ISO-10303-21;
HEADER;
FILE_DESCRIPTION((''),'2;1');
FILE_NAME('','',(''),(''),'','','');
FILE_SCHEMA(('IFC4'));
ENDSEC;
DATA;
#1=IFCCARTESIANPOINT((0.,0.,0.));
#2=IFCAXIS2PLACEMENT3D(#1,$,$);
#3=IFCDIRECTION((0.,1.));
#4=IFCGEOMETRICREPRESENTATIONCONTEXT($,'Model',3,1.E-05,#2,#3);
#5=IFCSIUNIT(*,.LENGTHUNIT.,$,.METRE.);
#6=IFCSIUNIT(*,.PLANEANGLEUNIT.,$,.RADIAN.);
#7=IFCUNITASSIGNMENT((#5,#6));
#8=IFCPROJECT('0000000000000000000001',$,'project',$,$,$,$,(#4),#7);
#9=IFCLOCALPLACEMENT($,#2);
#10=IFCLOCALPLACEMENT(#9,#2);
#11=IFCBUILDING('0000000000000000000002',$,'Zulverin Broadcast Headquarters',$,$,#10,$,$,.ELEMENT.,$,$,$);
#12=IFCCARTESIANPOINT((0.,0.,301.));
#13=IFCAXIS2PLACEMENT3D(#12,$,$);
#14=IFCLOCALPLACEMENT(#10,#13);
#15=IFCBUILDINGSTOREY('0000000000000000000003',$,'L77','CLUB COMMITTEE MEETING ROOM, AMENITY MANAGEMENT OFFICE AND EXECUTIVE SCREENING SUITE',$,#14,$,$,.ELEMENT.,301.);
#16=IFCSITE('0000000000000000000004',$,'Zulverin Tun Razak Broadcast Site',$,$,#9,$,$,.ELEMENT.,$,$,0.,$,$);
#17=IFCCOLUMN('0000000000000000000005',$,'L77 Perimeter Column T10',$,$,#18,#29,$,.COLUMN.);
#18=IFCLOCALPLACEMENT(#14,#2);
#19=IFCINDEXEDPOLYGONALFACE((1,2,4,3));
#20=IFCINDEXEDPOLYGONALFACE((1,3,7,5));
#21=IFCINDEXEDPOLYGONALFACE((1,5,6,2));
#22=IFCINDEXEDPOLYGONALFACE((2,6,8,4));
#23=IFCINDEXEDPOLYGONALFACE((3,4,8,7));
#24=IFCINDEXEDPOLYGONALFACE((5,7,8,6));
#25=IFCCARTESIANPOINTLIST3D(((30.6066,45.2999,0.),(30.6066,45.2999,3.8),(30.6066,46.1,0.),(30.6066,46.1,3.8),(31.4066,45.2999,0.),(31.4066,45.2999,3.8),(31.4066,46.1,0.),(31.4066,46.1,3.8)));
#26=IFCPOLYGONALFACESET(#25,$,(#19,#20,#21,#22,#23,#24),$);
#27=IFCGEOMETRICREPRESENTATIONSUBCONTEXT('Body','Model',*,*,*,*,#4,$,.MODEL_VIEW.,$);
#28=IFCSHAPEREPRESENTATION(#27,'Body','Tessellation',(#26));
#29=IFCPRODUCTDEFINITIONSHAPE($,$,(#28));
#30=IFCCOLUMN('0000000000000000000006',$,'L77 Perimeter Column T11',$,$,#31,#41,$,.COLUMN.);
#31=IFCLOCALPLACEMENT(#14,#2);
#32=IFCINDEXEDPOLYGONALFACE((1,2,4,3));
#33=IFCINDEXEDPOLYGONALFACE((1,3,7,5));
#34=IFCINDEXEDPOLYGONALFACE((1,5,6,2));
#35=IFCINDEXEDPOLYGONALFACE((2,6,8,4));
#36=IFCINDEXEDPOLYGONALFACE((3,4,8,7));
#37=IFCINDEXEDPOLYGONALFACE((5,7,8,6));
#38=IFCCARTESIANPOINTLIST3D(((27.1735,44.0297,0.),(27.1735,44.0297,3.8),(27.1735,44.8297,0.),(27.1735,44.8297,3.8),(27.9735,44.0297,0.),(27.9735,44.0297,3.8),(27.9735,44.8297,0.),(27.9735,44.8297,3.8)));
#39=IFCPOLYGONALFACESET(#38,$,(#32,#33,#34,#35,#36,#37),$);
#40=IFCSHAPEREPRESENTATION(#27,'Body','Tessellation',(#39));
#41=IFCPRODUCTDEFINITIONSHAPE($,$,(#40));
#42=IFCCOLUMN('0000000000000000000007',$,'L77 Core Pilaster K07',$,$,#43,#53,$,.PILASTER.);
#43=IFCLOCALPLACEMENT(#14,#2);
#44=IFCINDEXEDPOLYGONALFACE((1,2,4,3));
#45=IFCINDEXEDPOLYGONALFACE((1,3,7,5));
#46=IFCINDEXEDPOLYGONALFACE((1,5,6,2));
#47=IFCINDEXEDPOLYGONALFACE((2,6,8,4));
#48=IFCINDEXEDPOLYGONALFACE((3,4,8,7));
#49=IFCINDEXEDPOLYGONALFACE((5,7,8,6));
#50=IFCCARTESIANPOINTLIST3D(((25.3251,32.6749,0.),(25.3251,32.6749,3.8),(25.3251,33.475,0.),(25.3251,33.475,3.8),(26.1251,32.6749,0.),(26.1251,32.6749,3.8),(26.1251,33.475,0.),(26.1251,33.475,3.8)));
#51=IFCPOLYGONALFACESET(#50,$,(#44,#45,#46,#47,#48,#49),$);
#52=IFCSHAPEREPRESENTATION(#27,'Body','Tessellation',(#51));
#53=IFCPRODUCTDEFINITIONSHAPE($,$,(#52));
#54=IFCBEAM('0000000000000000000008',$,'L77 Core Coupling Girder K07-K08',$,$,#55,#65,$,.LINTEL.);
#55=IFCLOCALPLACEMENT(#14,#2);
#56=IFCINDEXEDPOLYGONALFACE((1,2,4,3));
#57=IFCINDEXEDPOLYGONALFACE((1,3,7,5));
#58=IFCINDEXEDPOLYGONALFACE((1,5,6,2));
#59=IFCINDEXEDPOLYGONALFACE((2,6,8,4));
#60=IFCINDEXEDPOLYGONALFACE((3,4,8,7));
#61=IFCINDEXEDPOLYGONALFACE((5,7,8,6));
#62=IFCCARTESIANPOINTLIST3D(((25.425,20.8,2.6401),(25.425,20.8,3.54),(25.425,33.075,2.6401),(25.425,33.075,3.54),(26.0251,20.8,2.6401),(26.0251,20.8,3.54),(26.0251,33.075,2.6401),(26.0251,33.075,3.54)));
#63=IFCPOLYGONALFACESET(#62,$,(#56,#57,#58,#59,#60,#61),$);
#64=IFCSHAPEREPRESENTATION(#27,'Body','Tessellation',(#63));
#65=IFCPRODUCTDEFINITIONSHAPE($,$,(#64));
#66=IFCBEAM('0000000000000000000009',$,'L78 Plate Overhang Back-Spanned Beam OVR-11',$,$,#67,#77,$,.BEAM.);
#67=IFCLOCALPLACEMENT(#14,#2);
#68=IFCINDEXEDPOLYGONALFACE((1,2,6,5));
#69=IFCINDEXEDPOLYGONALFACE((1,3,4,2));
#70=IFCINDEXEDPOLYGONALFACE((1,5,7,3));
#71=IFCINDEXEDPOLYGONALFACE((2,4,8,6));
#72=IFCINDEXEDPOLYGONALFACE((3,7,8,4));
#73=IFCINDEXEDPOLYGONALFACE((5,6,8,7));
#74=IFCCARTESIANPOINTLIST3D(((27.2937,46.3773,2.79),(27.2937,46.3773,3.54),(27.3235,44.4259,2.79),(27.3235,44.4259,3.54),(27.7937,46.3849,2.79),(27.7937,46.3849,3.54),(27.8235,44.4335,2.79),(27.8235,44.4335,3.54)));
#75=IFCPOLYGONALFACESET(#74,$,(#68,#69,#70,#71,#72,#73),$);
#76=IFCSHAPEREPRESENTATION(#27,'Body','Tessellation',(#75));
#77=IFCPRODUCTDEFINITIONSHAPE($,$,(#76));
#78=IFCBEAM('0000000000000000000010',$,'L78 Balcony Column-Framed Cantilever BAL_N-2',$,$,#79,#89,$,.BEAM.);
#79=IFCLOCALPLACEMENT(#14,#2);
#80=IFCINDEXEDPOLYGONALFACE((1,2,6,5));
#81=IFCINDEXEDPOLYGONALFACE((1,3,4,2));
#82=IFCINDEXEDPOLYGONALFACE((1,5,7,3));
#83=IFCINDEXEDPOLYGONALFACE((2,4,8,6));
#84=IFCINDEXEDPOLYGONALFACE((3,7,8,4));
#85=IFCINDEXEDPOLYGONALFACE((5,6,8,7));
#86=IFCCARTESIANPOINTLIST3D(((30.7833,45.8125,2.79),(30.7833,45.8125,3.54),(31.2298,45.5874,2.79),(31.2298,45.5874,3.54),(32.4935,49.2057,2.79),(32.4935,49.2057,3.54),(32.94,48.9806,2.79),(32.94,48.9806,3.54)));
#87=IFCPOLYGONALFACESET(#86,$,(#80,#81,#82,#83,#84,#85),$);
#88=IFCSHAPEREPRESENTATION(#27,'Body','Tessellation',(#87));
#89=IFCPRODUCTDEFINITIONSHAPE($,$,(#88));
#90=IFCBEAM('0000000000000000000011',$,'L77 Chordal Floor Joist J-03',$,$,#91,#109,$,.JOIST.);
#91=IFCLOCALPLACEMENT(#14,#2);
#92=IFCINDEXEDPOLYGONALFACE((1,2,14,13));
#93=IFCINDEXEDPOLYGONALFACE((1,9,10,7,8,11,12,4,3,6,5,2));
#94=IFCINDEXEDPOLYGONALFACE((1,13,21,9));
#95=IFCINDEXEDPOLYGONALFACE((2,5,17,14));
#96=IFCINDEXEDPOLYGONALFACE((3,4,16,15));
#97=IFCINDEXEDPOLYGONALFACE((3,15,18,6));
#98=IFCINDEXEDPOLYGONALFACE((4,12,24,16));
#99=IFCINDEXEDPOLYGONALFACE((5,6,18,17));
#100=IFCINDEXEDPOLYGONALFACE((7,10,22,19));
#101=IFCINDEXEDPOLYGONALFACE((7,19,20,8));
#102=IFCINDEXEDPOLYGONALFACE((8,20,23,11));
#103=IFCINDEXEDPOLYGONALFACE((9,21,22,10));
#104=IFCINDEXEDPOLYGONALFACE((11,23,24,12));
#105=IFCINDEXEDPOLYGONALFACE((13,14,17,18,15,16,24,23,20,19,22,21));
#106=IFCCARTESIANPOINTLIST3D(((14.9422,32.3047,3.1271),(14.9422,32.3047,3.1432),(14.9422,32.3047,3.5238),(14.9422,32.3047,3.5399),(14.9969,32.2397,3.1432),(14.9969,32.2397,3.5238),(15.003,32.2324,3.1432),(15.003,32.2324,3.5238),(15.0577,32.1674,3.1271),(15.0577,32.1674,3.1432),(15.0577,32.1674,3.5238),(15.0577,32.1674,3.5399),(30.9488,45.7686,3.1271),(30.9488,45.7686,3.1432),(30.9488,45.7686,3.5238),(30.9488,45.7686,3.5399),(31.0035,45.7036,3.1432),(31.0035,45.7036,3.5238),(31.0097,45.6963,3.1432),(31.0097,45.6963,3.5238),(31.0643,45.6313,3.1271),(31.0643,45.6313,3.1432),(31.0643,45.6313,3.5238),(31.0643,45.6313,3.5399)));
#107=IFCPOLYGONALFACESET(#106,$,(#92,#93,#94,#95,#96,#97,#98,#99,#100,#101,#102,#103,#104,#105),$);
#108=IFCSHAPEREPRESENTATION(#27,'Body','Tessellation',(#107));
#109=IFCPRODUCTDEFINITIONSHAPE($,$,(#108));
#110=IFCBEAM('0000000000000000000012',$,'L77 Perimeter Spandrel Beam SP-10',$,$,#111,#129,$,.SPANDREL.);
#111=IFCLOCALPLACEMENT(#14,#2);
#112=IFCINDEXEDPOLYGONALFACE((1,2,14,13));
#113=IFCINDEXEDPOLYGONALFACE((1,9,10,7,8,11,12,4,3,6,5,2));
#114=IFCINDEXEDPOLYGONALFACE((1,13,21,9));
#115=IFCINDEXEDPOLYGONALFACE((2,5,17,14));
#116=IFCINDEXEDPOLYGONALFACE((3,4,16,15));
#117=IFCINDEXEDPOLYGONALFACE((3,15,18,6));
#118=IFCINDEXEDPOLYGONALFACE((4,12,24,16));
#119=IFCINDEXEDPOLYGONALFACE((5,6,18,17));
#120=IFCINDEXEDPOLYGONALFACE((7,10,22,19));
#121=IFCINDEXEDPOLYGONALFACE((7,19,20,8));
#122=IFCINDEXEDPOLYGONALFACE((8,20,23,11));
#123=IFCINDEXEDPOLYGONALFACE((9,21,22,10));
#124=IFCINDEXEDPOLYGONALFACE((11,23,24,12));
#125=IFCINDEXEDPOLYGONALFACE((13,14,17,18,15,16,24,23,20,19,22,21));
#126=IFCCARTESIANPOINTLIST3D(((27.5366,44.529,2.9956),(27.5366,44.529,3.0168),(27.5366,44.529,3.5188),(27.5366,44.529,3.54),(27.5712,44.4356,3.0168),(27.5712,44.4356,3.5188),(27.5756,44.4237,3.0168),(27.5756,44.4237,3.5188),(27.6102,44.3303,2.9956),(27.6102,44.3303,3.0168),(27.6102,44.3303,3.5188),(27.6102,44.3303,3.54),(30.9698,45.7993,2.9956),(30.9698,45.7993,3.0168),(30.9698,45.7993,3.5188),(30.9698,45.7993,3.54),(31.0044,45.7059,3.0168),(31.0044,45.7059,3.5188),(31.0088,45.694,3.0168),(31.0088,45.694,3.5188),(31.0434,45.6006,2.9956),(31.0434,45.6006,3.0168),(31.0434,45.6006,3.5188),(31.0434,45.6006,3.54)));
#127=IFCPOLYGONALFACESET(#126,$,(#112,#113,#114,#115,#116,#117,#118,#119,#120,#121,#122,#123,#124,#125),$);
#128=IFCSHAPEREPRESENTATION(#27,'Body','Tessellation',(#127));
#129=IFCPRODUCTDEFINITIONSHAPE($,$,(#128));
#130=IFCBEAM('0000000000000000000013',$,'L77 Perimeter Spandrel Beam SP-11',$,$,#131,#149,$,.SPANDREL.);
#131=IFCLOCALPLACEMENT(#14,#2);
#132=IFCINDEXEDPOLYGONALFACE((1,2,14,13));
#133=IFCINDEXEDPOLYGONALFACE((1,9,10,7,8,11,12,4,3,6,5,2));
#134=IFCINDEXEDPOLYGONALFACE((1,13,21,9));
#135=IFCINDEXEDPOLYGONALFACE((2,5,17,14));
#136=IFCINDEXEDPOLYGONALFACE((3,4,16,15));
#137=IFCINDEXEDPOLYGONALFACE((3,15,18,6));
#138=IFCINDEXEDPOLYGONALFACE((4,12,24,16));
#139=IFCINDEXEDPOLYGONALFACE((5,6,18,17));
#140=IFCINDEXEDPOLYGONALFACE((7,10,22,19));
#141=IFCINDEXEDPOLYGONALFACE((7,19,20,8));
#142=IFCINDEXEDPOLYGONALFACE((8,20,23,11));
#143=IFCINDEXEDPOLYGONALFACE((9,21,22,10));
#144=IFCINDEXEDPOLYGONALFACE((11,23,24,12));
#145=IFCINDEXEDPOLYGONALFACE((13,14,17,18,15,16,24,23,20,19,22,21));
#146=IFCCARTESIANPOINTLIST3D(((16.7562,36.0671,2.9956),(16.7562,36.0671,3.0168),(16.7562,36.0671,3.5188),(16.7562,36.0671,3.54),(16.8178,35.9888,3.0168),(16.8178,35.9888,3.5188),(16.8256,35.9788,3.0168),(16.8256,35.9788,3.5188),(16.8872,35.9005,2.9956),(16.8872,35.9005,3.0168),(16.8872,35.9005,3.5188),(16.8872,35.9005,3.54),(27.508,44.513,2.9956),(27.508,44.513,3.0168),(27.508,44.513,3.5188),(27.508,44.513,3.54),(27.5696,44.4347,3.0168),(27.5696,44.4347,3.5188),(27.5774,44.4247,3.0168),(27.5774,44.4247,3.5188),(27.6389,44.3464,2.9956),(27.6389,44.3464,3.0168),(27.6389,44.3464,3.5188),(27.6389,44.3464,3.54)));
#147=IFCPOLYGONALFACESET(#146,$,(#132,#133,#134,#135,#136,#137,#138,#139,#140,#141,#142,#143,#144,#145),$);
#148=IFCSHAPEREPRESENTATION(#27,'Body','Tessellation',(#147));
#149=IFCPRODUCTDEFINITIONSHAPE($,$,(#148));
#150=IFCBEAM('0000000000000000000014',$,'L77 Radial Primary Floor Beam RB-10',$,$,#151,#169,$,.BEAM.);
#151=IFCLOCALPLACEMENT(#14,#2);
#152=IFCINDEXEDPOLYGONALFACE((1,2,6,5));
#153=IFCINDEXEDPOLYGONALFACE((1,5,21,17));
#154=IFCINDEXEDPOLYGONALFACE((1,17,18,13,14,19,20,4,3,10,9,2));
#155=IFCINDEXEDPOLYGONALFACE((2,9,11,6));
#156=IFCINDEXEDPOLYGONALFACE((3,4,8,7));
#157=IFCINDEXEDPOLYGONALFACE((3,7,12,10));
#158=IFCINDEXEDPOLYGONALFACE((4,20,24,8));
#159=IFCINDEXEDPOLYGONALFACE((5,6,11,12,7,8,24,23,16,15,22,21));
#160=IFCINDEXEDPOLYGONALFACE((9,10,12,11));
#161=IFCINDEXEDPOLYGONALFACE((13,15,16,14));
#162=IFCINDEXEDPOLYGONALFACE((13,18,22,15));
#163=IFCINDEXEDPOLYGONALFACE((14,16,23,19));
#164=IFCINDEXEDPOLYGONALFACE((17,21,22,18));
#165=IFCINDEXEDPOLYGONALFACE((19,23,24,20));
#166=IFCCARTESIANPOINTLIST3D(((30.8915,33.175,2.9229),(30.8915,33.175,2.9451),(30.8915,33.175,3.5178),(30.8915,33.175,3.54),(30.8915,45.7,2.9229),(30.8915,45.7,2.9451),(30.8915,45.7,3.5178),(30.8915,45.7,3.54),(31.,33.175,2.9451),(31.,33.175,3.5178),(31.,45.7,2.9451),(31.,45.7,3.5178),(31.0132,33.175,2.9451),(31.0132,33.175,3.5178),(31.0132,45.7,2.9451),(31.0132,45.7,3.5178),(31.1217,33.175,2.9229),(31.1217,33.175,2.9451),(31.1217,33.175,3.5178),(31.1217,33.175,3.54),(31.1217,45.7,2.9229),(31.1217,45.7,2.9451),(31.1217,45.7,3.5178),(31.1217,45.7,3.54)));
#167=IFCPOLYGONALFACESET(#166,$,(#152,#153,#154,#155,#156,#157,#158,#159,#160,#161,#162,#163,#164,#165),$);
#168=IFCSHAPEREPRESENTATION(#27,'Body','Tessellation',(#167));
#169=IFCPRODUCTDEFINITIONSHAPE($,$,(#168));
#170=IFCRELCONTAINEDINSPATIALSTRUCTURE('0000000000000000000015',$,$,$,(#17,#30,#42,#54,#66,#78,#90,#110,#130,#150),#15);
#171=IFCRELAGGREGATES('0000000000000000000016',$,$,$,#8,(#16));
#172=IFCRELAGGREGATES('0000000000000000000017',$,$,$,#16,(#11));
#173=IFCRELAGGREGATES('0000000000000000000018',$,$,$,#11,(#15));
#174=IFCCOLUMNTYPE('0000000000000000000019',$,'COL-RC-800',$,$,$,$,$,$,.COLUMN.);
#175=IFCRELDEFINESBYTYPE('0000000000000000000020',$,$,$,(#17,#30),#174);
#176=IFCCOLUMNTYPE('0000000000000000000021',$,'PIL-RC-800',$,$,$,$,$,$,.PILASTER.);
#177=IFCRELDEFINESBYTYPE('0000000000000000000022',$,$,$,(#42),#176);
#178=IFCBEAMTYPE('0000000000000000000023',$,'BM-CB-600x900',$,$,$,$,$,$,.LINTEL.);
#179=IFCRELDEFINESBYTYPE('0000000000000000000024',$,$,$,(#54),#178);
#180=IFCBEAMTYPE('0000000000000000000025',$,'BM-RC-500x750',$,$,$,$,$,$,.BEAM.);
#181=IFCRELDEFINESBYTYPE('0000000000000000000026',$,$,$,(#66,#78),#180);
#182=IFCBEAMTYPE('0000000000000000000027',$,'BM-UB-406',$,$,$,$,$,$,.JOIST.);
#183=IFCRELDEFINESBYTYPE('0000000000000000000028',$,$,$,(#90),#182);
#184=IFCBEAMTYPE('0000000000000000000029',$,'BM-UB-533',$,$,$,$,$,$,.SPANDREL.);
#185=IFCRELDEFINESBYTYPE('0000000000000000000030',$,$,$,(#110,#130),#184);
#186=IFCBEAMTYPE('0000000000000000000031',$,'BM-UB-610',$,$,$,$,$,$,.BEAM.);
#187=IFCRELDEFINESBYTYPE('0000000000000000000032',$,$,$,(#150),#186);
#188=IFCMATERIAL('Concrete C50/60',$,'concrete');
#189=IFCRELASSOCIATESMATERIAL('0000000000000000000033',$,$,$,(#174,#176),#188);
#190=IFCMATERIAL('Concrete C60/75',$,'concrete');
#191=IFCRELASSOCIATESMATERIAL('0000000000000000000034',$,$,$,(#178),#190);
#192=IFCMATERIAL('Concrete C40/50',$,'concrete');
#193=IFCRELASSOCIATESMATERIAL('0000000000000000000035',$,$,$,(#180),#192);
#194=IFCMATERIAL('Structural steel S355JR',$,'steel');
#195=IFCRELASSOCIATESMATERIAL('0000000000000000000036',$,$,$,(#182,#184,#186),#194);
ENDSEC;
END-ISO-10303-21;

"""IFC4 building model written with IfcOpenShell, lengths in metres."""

from ifc_helpers import new_model, si_unit, direction, frame, origin, origin_2d, place, context, subcontext, project, spatial, rectangle, i_section, extrude, material, material_profile, profile_set, type_object, element, save


model = new_model("IFC4")

# Units and contexts
model_context = context("Model", 3, precision=1e-05, world=origin(), true_north=direction((0.0, 1.0)))
body_context = subcontext(model_context, "Body", "Model", "MODEL_VIEW")
ifc_project = project(units=[si_unit("LENGTHUNIT", "METRE"), si_unit("PLANEANGLEUNIT", "RADIAN")], contexts=[model_context])

# Site, building, storey
site_placement = place(None, origin())
site = spatial("IfcSite", under=ifc_project, at=site_placement, Name="Zulverin Tun Razak Broadcast Site", CompositionType="ELEMENT", RefElevation=0.0)
building_placement = place(site_placement, origin())
building = spatial("IfcBuilding", under=site, at=building_placement, Name="Zulverin Broadcast Headquarters", CompositionType="ELEMENT")
storey_placement = place(building_placement, frame((0.0, 0.0, 301.0)))
storey = spatial("IfcBuildingStorey", under=building, at=storey_placement, Name="L77", Description="CLUB COMMITTEE MEETING ROOM, AMENITY MANAGEMENT OFFICE AND EXECUTIVE SCREENING SUITE", CompositionType="ELEMENT", Elevation=301.0)

# Columns
ifc_material_1 = material(Name="Concrete C50/60", Category="concrete")
ifc_material_profile_1 = material_profile(ifc_material_1, rectangle(XDim=0.8, YDim=0.8, at=origin_2d()), Name="Concrete C50/60", Category="concrete")
ifc_profile_set_1 = profile_set([ifc_material_profile_1], Name="Concrete C50/60")
column_type_1 = type_object("IfcColumnType", Name="COL-RC-800", PredefinedType="COLUMN", material=ifc_profile_set_1)
for number, where, z_axis, x_axis, name in (
    (1, (31.0066, 45.7, 0.0), (0.0, 0.0, 1.0), (1.0, 0.0, 0.0), "L77 Perimeter Column T10"),
    (2, (27.5735, 44.4297, 0.0), (0.0, 0.0, 1.0), (1.0, 0.0, 0.0), "L77 Perimeter Column T11"),
):
    element("IfcColumn", number, at=place(storey_placement, frame(where, z_axis=z_axis, x_axis=x_axis)), inside=storey, type_object=column_type_1, Name=name, PredefinedType="COLUMN", context=body_context, shape_type="SweptSolid", body=[
        extrude(rectangle(XDim=0.8, YDim=0.8, at=origin_2d()), origin(), (0.0, 0.0, 1.0), 3.8),
    ])
ifc_material_profile_2 = material_profile(ifc_material_1, rectangle(XDim=0.8, YDim=0.8, at=origin_2d()), Name="Concrete C50/60", Category="concrete")
ifc_profile_set_2 = profile_set([ifc_material_profile_2], Name="Concrete C50/60")
column_type_2 = type_object("IfcColumnType", Name="PIL-RC-800", PredefinedType="PILASTER", material=ifc_profile_set_2)
column_placement = place(storey_placement, frame((25.7251, 33.075, 0.0), z_axis=(0.0, 0.0, 1.0), x_axis=(1.0, 0.0, 0.0)))
element("IfcColumn", 3, at=column_placement, inside=storey, type_object=column_type_2, Name="L77 Core Pilaster K07", PredefinedType="PILASTER", context=body_context, shape_type="SweptSolid", body=[
    extrude(rectangle(XDim=0.8, YDim=0.8, at=origin_2d()), origin(), (0.0, 0.0, 1.0), 3.8),
])

# Beams
ifc_material_2 = material(Name="Concrete C60/75", Category="concrete")
ifc_material_profile_3 = material_profile(ifc_material_2, rectangle(XDim=0.6001, YDim=0.8999, at=origin_2d()), Name="Concrete C60/75", Category="concrete")
ifc_profile_set_3 = profile_set([ifc_material_profile_3], Name="Concrete C60/75")
beam_type_1 = type_object("IfcBeamType", Name="BM-CB-600x900", PredefinedType="LINTEL", material=ifc_profile_set_3)
beam_1_placement = place(storey_placement, frame((25.7251, 33.075, 3.0901), z_axis=(0.0, -1.0, 0.0), x_axis=(1.0, 0.0, 0.0)))
element("IfcBeam", 4, at=beam_1_placement, inside=storey, type_object=beam_type_1, Name="L77 Core Coupling Girder K07-K08", PredefinedType="LINTEL", context=body_context, shape_type="SweptSolid", body=[
    extrude(rectangle(XDim=0.6001, YDim=0.8999, at=origin_2d()), origin(), (0.0, 0.0, 1.0), 12.2749),
])
ifc_material_3 = material(Name="Concrete C40/50", Category="concrete")
ifc_material_profile_4 = material_profile(ifc_material_3, rectangle(XDim=0.5, YDim=0.75, at=origin_2d()), Name="Concrete C40/50", Category="concrete")
ifc_profile_set_4 = profile_set([ifc_material_profile_4], Name="Concrete C40/50")
beam_type_2 = type_object("IfcBeamType", Name="BM-RC-500x750", PredefinedType="BEAM", material=ifc_profile_set_4)
beam_2_placement = place(storey_placement, frame((27.5735, 44.4297, 3.165), z_axis=(-0.015262, 0.999884, 0.0), x_axis=(-0.999884, -0.015262, 0.0)))
element("IfcBeam", 5, at=beam_2_placement, inside=storey, type_object=beam_type_2, Name="L78 Plate Overhang Back-Spanned Beam OVR-11", PredefinedType="BEAM", context=body_context, shape_type="SweptSolid", body=[
    extrude(rectangle(XDim=0.5, YDim=0.75, at=origin_2d()), origin(), (0.0, 0.0, 1.0), 1.9517),
])
beam_3_placement = place(storey_placement, frame((31.0066, 45.7, 3.165), z_axis=(0.450064, 0.892996, 0.0), x_axis=(-0.892996, 0.450064, 0.0)))
element("IfcBeam", 6, at=beam_3_placement, inside=storey, type_object=beam_type_2, Name="L78 Balcony Column-Framed Cantilever BAL_N-2", PredefinedType="BEAM", context=body_context, shape_type="SweptSolid", body=[
    extrude(rectangle(XDim=0.5, YDim=0.75, at=origin_2d()), origin(), (0.0, 0.0, 1.0), 3.7998),
])
ifc_material_4 = material(Name="Structural steel S355JR", Category="steel")
ifc_material_profile_5 = material_profile(ifc_material_4, i_section(OverallWidth=0.1794, OverallDepth=0.4128, WebThickness=0.0095, FlangeThickness=0.0161, at=origin_2d()), Name="Structural steel S355JR", Category="steel")
ifc_profile_set_5 = profile_set([ifc_material_profile_5], Name="Structural steel S355JR")
beam_type_3 = type_object("IfcBeamType", Name="BM-UB-406", PredefinedType="JOIST", material=ifc_profile_set_5)
beam_4_placement = place(storey_placement, frame((31.0066, 45.7, 3.3335), z_axis=(-0.765273, -0.643706, 0.0), x_axis=(0.643706, -0.765273, 0.0)))
element("IfcBeam", 7, at=beam_4_placement, inside=storey, type_object=beam_type_3, Name="L77 Chordal Floor Joist J-03", PredefinedType="JOIST", context=body_context, shape_type="SweptSolid", body=[
    extrude(i_section(OverallWidth=0.1794, OverallDepth=0.4128, WebThickness=0.0095, FlangeThickness=0.0161, at=origin_2d()), origin(), (0.0, 0.0, 1.0), 20.9163),
])
ifc_material_profile_6 = material_profile(ifc_material_4, i_section(OverallWidth=0.2119, OverallDepth=0.5444, WebThickness=0.0127, FlangeThickness=0.0212, at=origin_2d()), Name="Structural steel S355JR", Category="steel")
ifc_profile_set_6 = profile_set([ifc_material_profile_6], Name="Structural steel S355JR")
beam_type_4 = type_object("IfcBeamType", Name="BM-UB-533", PredefinedType="SPANDREL", material=ifc_profile_set_6)
beam_5_placement = place(storey_placement, frame((31.0066, 45.7, 3.2678), z_axis=(-0.937861, -0.347012, 0.0), x_axis=(0.347012, -0.937861, 0.0)))
element("IfcBeam", 8, at=beam_5_placement, inside=storey, type_object=beam_type_4, Name="L77 Perimeter Spandrel Beam SP-10", PredefinedType="SPANDREL", context=body_context, shape_type="SweptSolid", body=[
    extrude(i_section(OverallWidth=0.2119, OverallDepth=0.5444, WebThickness=0.0127, FlangeThickness=0.0212, at=origin_2d()), origin(), (0.0, 0.0, 1.0), 3.6606),
])
beam_6_placement = place(storey_placement, frame((27.5735, 44.4297, 3.2678), z_axis=(-0.786388, -0.617732, 0.0), x_axis=(0.617732, -0.786388, 0.0)))
element("IfcBeam", 9, at=beam_6_placement, inside=storey, type_object=beam_type_4, Name="L77 Perimeter Spandrel Beam SP-11", PredefinedType="SPANDREL", context=body_context, shape_type="SweptSolid", body=[
    extrude(i_section(OverallWidth=0.2119, OverallDepth=0.5444, WebThickness=0.0127, FlangeThickness=0.0212, at=origin_2d()), origin(), (0.0, 0.0, 1.0), 13.6724),
])
ifc_material_profile_7 = material_profile(ifc_material_4, i_section(OverallWidth=0.2302, OverallDepth=0.6172, WebThickness=0.0132, FlangeThickness=0.0222, at=origin_2d()), Name="Structural steel S355JR", Category="steel")
ifc_profile_set_7 = profile_set([ifc_material_profile_7], Name="Structural steel S355JR")
beam_type_5 = type_object("IfcBeamType", Name="BM-UB-610", PredefinedType="BEAM", material=ifc_profile_set_7)
beam_7_placement = place(storey_placement, frame((31.0066, 33.175, 3.2314), z_axis=(0.0, 1.0, 0.0), x_axis=(-1.0, 0.0, 0.0)))
element("IfcBeam", 10, at=beam_7_placement, inside=storey, type_object=beam_type_5, Name="L77 Radial Primary Floor Beam RB-10", PredefinedType="BEAM", context=body_context, shape_type="SweptSolid", body=[
    extrude(i_section(OverallWidth=0.2302, OverallDepth=0.6172, WebThickness=0.0132, FlangeThickness=0.0222, at=origin_2d()), origin(), (0.0, 0.0, 1.0), 12.5249),
])

save(model, "model.ifc")
